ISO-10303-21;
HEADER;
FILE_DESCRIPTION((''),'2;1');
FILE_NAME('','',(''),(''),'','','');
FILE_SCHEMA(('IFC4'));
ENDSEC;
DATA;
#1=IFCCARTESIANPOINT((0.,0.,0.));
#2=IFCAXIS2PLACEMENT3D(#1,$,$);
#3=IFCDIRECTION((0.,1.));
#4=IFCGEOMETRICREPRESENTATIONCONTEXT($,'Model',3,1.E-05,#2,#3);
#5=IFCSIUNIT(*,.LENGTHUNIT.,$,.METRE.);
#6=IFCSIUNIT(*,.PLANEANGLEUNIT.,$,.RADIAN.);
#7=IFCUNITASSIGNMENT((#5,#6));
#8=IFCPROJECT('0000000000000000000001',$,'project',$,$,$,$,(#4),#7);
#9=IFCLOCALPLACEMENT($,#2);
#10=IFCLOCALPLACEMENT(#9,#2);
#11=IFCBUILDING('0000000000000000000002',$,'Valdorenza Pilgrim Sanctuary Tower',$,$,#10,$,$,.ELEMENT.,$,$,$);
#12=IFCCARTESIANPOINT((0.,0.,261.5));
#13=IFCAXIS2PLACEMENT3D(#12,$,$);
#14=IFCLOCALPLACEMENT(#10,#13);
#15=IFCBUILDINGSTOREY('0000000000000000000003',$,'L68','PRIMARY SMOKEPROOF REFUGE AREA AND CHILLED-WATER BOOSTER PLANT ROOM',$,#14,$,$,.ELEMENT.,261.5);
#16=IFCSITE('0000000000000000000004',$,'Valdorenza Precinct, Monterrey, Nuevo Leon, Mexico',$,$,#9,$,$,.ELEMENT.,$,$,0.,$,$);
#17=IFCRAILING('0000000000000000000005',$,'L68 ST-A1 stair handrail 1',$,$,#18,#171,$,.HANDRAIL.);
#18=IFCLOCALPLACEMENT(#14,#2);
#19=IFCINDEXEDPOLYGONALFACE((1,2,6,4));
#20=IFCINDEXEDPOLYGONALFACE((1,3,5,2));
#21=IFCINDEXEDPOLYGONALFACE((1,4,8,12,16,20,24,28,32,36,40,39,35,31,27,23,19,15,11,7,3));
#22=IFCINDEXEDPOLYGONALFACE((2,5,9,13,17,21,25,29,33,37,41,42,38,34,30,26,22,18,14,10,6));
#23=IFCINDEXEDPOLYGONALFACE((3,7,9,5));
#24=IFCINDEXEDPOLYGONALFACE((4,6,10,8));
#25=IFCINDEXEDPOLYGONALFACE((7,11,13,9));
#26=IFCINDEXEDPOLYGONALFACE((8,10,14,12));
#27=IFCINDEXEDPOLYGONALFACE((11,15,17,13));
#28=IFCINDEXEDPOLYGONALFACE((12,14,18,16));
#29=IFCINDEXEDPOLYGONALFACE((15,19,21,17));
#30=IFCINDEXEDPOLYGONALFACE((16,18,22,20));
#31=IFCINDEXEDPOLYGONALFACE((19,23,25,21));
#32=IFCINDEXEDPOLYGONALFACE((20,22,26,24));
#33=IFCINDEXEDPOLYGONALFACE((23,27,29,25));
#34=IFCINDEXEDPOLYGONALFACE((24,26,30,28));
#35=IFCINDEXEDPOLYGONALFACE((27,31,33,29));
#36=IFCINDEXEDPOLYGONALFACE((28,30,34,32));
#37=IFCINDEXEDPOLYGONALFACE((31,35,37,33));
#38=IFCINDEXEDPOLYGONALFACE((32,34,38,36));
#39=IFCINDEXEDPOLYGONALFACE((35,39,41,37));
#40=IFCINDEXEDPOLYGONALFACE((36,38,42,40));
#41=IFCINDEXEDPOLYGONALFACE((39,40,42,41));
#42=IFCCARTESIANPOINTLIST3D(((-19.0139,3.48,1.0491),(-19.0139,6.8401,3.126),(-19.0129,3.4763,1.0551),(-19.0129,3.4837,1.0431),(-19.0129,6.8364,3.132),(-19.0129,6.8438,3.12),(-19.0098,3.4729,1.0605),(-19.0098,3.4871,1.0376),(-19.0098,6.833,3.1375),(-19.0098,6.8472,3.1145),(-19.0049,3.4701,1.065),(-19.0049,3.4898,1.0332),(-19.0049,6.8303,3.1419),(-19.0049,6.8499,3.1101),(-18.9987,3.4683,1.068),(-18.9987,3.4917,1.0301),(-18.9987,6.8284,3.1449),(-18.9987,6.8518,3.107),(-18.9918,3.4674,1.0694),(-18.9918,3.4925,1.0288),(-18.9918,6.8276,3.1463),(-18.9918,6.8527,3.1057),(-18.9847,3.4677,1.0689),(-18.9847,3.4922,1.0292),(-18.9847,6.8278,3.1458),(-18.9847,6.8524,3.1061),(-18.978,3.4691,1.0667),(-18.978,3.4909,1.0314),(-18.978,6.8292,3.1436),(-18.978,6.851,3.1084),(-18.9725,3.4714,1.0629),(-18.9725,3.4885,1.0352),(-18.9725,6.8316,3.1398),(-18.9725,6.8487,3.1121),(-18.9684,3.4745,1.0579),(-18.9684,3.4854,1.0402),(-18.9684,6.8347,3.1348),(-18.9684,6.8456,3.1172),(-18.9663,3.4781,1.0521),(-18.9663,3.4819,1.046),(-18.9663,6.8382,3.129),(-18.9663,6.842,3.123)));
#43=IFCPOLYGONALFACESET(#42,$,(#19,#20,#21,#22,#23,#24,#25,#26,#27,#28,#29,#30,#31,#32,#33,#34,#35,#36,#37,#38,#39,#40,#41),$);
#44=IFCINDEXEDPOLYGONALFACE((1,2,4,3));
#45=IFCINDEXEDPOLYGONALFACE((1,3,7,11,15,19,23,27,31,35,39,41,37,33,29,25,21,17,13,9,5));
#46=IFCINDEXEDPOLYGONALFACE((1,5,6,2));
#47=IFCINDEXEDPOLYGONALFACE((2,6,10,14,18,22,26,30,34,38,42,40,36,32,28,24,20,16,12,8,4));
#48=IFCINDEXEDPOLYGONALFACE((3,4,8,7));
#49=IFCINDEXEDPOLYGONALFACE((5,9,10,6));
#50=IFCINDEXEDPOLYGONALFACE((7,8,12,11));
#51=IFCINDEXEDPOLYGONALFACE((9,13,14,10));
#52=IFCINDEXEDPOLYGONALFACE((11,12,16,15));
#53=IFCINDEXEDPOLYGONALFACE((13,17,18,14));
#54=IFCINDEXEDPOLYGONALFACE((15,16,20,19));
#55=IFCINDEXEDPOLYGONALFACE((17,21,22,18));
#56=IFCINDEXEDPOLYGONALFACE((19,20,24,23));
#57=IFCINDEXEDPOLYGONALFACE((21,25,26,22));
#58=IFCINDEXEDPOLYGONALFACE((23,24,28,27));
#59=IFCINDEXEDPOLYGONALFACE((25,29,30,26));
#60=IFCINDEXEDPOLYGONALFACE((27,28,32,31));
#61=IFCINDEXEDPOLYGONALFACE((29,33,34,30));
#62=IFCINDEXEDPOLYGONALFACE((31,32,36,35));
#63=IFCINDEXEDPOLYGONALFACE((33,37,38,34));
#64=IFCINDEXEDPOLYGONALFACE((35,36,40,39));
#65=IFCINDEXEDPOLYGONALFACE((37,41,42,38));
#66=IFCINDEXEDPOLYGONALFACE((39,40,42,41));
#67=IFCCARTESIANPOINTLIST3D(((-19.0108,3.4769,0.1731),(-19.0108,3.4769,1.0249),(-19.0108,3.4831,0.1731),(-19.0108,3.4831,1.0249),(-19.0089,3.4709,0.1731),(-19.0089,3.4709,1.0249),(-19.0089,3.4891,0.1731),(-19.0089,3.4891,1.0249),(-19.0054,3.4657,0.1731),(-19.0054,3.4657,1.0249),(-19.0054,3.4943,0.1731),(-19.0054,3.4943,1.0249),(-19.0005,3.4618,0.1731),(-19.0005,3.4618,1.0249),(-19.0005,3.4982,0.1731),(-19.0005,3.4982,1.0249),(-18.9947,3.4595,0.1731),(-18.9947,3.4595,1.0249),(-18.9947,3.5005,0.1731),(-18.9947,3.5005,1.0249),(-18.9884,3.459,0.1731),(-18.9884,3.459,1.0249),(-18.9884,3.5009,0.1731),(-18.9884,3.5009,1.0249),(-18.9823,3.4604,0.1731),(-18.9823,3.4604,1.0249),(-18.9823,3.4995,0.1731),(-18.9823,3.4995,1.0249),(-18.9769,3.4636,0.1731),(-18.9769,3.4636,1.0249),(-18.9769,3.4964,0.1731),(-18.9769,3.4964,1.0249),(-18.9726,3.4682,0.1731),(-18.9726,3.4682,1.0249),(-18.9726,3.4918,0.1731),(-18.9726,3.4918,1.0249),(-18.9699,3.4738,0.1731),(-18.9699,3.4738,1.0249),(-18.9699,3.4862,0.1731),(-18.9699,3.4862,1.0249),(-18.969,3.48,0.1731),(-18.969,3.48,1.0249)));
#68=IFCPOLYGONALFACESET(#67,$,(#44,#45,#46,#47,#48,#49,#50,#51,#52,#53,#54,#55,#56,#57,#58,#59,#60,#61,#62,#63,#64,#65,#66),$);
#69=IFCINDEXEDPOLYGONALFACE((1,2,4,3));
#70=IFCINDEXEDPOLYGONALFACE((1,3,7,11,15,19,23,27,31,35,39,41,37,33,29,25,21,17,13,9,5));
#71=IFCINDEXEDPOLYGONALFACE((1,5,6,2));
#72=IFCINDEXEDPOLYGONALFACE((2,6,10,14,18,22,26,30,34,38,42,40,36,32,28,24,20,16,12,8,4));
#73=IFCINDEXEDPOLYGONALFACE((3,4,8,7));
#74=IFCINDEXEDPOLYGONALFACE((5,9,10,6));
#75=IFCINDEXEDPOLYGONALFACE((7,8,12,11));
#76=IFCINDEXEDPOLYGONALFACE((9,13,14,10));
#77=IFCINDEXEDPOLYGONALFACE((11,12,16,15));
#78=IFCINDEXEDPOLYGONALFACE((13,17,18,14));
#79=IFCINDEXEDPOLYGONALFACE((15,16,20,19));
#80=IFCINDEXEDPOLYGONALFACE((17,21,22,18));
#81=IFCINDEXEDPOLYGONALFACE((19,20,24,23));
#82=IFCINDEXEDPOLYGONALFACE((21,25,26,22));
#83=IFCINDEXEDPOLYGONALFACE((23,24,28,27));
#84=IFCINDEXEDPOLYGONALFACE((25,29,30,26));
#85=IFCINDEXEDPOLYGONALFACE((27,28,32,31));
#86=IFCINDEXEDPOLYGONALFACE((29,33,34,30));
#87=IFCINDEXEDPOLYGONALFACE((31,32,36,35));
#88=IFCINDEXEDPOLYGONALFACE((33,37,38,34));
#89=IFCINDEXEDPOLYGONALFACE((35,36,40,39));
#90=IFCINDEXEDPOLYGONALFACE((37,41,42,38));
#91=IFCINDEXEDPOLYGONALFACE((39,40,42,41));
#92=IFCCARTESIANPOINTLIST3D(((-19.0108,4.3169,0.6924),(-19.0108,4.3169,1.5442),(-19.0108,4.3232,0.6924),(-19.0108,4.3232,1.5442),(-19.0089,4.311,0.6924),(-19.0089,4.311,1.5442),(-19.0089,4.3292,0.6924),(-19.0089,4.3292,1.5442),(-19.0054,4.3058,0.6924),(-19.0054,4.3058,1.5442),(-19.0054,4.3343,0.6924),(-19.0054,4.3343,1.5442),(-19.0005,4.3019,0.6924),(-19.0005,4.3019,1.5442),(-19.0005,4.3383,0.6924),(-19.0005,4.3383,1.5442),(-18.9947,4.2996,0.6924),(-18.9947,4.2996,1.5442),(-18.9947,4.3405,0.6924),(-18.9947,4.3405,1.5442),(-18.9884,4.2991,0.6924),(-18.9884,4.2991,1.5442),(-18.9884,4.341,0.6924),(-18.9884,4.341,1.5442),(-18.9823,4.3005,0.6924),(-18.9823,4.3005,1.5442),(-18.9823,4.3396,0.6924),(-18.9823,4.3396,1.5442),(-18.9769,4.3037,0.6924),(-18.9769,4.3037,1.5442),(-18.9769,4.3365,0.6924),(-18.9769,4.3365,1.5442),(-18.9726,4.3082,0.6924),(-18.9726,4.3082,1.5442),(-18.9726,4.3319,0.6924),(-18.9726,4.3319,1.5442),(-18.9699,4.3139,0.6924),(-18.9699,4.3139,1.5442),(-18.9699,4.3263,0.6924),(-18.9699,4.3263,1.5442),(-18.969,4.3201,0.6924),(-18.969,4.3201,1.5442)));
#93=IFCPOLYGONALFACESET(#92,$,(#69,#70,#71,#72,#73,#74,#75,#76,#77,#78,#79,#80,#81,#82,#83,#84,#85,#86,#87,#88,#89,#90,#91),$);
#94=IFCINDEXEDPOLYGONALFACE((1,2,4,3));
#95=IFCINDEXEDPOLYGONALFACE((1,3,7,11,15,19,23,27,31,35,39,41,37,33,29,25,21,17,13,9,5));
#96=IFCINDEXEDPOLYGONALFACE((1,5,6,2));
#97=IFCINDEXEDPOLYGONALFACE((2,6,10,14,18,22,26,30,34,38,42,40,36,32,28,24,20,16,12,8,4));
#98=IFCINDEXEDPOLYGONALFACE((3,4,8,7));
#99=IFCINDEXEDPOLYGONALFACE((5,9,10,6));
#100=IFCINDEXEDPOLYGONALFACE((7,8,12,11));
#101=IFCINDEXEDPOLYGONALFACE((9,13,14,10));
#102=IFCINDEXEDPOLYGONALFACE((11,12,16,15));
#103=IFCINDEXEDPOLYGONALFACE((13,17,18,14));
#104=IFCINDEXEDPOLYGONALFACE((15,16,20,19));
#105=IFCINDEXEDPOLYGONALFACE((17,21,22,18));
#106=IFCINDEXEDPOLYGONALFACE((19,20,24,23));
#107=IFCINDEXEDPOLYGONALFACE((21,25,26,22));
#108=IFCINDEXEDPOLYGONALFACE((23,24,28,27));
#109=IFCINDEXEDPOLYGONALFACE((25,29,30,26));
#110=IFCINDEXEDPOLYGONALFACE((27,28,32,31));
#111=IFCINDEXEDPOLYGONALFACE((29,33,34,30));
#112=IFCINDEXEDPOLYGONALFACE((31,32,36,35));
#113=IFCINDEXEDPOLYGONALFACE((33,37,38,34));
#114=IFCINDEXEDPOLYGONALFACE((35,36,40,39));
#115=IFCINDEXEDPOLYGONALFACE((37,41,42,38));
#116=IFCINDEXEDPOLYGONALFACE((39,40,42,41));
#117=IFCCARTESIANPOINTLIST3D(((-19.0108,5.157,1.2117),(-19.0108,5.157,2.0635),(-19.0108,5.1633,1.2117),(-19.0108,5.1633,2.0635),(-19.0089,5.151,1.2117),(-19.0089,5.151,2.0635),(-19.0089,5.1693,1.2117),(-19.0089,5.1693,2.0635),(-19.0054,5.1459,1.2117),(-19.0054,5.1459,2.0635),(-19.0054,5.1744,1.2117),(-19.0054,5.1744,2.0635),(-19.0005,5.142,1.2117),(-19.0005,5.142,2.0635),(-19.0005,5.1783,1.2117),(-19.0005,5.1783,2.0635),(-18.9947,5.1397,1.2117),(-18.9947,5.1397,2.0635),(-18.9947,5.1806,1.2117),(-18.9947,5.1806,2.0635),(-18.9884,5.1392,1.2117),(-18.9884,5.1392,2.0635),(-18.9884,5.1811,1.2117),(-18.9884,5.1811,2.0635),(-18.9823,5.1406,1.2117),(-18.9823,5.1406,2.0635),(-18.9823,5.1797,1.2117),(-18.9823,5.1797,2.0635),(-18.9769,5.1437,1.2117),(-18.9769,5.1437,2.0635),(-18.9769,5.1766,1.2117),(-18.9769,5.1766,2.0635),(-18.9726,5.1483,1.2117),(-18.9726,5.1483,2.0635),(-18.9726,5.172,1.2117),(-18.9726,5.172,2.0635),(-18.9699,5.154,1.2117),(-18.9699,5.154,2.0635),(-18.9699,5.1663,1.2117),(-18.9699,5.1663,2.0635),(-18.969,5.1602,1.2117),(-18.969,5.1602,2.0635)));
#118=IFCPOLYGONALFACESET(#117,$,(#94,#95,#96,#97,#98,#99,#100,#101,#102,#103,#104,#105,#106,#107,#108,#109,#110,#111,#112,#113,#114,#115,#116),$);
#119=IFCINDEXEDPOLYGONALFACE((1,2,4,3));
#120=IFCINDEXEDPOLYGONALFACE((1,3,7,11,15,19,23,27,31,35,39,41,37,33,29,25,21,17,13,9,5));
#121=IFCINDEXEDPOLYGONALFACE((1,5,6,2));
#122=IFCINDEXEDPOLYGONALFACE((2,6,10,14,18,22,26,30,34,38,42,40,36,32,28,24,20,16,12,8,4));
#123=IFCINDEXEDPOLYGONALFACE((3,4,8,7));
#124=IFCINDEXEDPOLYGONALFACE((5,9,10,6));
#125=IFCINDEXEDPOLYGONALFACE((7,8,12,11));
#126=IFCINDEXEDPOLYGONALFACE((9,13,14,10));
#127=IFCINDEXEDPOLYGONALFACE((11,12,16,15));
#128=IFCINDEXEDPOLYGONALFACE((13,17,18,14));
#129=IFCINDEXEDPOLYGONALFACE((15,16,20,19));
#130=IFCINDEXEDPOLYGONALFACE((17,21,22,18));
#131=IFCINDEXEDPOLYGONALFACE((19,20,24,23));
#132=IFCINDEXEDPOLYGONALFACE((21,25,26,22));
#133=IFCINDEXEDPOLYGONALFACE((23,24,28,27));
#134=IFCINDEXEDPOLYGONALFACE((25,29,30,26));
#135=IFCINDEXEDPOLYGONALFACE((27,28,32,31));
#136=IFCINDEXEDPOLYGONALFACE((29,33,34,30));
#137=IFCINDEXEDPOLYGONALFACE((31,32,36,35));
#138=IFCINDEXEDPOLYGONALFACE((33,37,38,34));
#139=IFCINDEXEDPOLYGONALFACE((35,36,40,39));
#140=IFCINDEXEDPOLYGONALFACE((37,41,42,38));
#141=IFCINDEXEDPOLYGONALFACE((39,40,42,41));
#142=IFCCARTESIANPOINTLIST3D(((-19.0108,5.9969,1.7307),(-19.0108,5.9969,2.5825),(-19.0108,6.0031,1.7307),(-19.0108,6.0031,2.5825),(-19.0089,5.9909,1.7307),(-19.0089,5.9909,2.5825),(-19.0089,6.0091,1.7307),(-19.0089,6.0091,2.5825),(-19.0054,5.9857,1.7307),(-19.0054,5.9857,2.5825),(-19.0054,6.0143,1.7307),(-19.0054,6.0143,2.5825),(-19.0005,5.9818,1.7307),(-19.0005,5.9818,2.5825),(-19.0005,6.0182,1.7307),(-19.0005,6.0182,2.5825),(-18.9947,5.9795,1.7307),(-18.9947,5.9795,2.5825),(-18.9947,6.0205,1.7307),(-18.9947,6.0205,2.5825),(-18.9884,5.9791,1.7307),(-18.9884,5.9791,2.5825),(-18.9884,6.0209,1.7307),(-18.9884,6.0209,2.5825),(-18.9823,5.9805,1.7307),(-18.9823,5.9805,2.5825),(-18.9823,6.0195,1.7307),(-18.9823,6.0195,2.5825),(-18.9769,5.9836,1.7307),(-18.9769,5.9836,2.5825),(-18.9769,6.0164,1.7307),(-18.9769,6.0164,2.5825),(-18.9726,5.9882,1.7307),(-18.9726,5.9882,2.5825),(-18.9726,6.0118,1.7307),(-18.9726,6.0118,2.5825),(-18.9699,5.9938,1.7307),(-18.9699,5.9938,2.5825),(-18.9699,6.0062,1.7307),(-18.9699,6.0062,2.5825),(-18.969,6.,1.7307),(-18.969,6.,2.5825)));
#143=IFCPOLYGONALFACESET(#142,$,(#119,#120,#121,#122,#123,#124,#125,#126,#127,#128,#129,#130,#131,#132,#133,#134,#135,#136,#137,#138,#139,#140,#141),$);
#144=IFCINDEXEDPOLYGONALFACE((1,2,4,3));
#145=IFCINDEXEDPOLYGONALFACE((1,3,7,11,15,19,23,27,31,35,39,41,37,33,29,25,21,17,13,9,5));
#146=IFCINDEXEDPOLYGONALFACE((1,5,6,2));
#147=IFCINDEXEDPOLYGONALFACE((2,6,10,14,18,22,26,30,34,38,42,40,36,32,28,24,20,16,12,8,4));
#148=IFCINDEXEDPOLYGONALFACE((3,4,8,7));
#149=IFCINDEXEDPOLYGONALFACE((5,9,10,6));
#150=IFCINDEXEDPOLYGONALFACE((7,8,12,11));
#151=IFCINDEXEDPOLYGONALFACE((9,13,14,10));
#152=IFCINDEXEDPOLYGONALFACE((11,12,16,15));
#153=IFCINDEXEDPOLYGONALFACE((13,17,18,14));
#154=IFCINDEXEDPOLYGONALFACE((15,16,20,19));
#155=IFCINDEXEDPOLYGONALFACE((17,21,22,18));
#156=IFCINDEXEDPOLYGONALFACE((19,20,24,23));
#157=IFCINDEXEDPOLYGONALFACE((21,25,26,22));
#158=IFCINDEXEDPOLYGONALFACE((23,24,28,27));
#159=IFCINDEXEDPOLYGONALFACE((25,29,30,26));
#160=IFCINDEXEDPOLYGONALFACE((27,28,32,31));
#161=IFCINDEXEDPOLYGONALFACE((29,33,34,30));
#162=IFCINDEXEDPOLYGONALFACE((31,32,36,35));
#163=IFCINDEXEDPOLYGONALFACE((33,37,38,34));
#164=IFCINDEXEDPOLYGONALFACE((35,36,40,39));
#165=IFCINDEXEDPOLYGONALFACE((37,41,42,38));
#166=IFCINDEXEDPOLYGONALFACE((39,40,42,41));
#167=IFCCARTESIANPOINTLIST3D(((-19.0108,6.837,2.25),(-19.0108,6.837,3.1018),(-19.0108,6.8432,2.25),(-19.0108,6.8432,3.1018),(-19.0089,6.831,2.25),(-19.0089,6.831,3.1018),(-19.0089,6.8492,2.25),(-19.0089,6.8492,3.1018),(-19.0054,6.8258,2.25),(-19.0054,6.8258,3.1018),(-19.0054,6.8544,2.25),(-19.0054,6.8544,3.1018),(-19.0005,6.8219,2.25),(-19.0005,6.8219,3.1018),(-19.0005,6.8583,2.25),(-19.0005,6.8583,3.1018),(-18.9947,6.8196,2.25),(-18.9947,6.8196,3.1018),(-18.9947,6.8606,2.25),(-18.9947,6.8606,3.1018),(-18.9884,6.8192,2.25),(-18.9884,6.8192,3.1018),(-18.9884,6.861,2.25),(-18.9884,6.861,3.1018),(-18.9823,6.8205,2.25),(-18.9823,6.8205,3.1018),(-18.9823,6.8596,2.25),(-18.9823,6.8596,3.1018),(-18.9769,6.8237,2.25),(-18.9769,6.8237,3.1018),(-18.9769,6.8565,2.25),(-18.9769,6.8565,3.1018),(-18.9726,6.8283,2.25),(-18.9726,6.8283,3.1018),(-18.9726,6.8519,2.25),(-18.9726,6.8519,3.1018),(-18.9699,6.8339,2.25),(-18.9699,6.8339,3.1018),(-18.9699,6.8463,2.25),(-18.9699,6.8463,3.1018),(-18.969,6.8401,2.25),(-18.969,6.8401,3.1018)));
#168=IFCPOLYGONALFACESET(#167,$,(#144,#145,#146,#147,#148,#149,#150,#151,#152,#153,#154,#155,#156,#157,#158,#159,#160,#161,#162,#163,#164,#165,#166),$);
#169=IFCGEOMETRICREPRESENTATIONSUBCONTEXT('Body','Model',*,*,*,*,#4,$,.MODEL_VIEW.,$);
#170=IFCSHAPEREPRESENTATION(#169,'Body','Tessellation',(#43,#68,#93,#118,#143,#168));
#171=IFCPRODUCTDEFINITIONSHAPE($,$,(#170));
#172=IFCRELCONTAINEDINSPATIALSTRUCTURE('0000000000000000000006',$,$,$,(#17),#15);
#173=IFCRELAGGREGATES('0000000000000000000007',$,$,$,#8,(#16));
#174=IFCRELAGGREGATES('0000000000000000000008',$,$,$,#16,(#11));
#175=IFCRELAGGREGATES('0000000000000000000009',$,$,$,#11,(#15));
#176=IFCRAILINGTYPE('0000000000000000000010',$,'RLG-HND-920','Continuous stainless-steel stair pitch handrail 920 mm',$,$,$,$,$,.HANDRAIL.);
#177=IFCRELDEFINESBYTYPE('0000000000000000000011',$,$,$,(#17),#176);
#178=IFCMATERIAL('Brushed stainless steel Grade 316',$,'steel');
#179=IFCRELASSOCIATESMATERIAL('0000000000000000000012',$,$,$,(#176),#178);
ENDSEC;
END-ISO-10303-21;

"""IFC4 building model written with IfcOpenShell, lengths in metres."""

from ifc_helpers import new_model, si_unit, direction, frame, origin, origin_2d, place, context, subcontext, project, spatial, circle, extrude, material, type_object, element, save


model = new_model("IFC4")

# Units and contexts
model_context = context("Model", 3, precision=1e-05, world=origin(), true_north=direction((0.0, 1.0)))
body_context = subcontext(model_context, "Body", "Model", "MODEL_VIEW")
ifc_project = project(units=[si_unit("LENGTHUNIT", "METRE"), si_unit("PLANEANGLEUNIT", "RADIAN")], contexts=[model_context])

# Site, building, storey
site_placement = place(None, origin())
site = spatial("IfcSite", under=ifc_project, at=site_placement, Name="Valdorenza Precinct, Monterrey, Nuevo Leon, Mexico", CompositionType="ELEMENT", RefElevation=0.0)
building_placement = place(site_placement, origin())
building = spatial("IfcBuilding", under=site, at=building_placement, Name="Valdorenza Pilgrim Sanctuary Tower", CompositionType="ELEMENT")
storey_placement = place(building_placement, frame((0.0, 0.0, 261.5)))
storey = spatial("IfcBuildingStorey", under=building, at=storey_placement, Name="L68", Description="PRIMARY SMOKEPROOF REFUGE AREA AND CHILLED-WATER BOOSTER PLANT ROOM", CompositionType="ELEMENT", Elevation=261.5)

# Shared definitions
ifc_material_1 = material(Name="Brushed stainless steel Grade 316", Category="steel")

# Railing
railing_type_1 = type_object("IfcRailingType", Name="RLG-HND-920", Description="Continuous stainless-steel stair pitch handrail 920 mm", PredefinedType="HANDRAIL", material=ifc_material_1)
railing_1_placement = place(storey_placement, frame((-18.99, 3.48, 0.1731)))
element("IfcRailing", 1, at=railing_1_placement, inside=storey, type_object=railing_type_1, Name="L68 ST-A1 stair handrail 1", PredefinedType="HANDRAIL", context=body_context, shape_type="SweptSolid", body=[
    extrude(circle(Radius=0.0239, at=origin_2d()), frame((0.0, 0.0, 0.876), z_axis=(0.0, 0.850623, 0.525776), x_axis=(-1.0, 0.0, 0.0)), (0.0, 0.0, 1.0), 3.9502),
    extrude(circle(Radius=0.021, at=origin_2d()), origin(), (0.0, 0.0, 1.0), 0.8518),
    extrude(circle(Radius=0.021, at=origin_2d()), frame((0.0, 0.8401, 0.5193)), (0.0, 0.0, 1.0), 0.8518),
    extrude(circle(Radius=0.021, at=origin_2d()), frame((0.0, 1.6802, 1.0386)), (0.0, 0.0, 1.0), 0.8518),
    extrude(circle(Radius=0.021, at=origin_2d()), frame((0.0, 2.52, 1.5576)), (0.0, 0.0, 1.0), 0.8518),
    extrude(circle(Radius=0.021, at=origin_2d()), frame((0.0, 3.3601, 2.0769)), (0.0, 0.0, 1.0), 0.8518),
])

save(model, "model.ifc")
